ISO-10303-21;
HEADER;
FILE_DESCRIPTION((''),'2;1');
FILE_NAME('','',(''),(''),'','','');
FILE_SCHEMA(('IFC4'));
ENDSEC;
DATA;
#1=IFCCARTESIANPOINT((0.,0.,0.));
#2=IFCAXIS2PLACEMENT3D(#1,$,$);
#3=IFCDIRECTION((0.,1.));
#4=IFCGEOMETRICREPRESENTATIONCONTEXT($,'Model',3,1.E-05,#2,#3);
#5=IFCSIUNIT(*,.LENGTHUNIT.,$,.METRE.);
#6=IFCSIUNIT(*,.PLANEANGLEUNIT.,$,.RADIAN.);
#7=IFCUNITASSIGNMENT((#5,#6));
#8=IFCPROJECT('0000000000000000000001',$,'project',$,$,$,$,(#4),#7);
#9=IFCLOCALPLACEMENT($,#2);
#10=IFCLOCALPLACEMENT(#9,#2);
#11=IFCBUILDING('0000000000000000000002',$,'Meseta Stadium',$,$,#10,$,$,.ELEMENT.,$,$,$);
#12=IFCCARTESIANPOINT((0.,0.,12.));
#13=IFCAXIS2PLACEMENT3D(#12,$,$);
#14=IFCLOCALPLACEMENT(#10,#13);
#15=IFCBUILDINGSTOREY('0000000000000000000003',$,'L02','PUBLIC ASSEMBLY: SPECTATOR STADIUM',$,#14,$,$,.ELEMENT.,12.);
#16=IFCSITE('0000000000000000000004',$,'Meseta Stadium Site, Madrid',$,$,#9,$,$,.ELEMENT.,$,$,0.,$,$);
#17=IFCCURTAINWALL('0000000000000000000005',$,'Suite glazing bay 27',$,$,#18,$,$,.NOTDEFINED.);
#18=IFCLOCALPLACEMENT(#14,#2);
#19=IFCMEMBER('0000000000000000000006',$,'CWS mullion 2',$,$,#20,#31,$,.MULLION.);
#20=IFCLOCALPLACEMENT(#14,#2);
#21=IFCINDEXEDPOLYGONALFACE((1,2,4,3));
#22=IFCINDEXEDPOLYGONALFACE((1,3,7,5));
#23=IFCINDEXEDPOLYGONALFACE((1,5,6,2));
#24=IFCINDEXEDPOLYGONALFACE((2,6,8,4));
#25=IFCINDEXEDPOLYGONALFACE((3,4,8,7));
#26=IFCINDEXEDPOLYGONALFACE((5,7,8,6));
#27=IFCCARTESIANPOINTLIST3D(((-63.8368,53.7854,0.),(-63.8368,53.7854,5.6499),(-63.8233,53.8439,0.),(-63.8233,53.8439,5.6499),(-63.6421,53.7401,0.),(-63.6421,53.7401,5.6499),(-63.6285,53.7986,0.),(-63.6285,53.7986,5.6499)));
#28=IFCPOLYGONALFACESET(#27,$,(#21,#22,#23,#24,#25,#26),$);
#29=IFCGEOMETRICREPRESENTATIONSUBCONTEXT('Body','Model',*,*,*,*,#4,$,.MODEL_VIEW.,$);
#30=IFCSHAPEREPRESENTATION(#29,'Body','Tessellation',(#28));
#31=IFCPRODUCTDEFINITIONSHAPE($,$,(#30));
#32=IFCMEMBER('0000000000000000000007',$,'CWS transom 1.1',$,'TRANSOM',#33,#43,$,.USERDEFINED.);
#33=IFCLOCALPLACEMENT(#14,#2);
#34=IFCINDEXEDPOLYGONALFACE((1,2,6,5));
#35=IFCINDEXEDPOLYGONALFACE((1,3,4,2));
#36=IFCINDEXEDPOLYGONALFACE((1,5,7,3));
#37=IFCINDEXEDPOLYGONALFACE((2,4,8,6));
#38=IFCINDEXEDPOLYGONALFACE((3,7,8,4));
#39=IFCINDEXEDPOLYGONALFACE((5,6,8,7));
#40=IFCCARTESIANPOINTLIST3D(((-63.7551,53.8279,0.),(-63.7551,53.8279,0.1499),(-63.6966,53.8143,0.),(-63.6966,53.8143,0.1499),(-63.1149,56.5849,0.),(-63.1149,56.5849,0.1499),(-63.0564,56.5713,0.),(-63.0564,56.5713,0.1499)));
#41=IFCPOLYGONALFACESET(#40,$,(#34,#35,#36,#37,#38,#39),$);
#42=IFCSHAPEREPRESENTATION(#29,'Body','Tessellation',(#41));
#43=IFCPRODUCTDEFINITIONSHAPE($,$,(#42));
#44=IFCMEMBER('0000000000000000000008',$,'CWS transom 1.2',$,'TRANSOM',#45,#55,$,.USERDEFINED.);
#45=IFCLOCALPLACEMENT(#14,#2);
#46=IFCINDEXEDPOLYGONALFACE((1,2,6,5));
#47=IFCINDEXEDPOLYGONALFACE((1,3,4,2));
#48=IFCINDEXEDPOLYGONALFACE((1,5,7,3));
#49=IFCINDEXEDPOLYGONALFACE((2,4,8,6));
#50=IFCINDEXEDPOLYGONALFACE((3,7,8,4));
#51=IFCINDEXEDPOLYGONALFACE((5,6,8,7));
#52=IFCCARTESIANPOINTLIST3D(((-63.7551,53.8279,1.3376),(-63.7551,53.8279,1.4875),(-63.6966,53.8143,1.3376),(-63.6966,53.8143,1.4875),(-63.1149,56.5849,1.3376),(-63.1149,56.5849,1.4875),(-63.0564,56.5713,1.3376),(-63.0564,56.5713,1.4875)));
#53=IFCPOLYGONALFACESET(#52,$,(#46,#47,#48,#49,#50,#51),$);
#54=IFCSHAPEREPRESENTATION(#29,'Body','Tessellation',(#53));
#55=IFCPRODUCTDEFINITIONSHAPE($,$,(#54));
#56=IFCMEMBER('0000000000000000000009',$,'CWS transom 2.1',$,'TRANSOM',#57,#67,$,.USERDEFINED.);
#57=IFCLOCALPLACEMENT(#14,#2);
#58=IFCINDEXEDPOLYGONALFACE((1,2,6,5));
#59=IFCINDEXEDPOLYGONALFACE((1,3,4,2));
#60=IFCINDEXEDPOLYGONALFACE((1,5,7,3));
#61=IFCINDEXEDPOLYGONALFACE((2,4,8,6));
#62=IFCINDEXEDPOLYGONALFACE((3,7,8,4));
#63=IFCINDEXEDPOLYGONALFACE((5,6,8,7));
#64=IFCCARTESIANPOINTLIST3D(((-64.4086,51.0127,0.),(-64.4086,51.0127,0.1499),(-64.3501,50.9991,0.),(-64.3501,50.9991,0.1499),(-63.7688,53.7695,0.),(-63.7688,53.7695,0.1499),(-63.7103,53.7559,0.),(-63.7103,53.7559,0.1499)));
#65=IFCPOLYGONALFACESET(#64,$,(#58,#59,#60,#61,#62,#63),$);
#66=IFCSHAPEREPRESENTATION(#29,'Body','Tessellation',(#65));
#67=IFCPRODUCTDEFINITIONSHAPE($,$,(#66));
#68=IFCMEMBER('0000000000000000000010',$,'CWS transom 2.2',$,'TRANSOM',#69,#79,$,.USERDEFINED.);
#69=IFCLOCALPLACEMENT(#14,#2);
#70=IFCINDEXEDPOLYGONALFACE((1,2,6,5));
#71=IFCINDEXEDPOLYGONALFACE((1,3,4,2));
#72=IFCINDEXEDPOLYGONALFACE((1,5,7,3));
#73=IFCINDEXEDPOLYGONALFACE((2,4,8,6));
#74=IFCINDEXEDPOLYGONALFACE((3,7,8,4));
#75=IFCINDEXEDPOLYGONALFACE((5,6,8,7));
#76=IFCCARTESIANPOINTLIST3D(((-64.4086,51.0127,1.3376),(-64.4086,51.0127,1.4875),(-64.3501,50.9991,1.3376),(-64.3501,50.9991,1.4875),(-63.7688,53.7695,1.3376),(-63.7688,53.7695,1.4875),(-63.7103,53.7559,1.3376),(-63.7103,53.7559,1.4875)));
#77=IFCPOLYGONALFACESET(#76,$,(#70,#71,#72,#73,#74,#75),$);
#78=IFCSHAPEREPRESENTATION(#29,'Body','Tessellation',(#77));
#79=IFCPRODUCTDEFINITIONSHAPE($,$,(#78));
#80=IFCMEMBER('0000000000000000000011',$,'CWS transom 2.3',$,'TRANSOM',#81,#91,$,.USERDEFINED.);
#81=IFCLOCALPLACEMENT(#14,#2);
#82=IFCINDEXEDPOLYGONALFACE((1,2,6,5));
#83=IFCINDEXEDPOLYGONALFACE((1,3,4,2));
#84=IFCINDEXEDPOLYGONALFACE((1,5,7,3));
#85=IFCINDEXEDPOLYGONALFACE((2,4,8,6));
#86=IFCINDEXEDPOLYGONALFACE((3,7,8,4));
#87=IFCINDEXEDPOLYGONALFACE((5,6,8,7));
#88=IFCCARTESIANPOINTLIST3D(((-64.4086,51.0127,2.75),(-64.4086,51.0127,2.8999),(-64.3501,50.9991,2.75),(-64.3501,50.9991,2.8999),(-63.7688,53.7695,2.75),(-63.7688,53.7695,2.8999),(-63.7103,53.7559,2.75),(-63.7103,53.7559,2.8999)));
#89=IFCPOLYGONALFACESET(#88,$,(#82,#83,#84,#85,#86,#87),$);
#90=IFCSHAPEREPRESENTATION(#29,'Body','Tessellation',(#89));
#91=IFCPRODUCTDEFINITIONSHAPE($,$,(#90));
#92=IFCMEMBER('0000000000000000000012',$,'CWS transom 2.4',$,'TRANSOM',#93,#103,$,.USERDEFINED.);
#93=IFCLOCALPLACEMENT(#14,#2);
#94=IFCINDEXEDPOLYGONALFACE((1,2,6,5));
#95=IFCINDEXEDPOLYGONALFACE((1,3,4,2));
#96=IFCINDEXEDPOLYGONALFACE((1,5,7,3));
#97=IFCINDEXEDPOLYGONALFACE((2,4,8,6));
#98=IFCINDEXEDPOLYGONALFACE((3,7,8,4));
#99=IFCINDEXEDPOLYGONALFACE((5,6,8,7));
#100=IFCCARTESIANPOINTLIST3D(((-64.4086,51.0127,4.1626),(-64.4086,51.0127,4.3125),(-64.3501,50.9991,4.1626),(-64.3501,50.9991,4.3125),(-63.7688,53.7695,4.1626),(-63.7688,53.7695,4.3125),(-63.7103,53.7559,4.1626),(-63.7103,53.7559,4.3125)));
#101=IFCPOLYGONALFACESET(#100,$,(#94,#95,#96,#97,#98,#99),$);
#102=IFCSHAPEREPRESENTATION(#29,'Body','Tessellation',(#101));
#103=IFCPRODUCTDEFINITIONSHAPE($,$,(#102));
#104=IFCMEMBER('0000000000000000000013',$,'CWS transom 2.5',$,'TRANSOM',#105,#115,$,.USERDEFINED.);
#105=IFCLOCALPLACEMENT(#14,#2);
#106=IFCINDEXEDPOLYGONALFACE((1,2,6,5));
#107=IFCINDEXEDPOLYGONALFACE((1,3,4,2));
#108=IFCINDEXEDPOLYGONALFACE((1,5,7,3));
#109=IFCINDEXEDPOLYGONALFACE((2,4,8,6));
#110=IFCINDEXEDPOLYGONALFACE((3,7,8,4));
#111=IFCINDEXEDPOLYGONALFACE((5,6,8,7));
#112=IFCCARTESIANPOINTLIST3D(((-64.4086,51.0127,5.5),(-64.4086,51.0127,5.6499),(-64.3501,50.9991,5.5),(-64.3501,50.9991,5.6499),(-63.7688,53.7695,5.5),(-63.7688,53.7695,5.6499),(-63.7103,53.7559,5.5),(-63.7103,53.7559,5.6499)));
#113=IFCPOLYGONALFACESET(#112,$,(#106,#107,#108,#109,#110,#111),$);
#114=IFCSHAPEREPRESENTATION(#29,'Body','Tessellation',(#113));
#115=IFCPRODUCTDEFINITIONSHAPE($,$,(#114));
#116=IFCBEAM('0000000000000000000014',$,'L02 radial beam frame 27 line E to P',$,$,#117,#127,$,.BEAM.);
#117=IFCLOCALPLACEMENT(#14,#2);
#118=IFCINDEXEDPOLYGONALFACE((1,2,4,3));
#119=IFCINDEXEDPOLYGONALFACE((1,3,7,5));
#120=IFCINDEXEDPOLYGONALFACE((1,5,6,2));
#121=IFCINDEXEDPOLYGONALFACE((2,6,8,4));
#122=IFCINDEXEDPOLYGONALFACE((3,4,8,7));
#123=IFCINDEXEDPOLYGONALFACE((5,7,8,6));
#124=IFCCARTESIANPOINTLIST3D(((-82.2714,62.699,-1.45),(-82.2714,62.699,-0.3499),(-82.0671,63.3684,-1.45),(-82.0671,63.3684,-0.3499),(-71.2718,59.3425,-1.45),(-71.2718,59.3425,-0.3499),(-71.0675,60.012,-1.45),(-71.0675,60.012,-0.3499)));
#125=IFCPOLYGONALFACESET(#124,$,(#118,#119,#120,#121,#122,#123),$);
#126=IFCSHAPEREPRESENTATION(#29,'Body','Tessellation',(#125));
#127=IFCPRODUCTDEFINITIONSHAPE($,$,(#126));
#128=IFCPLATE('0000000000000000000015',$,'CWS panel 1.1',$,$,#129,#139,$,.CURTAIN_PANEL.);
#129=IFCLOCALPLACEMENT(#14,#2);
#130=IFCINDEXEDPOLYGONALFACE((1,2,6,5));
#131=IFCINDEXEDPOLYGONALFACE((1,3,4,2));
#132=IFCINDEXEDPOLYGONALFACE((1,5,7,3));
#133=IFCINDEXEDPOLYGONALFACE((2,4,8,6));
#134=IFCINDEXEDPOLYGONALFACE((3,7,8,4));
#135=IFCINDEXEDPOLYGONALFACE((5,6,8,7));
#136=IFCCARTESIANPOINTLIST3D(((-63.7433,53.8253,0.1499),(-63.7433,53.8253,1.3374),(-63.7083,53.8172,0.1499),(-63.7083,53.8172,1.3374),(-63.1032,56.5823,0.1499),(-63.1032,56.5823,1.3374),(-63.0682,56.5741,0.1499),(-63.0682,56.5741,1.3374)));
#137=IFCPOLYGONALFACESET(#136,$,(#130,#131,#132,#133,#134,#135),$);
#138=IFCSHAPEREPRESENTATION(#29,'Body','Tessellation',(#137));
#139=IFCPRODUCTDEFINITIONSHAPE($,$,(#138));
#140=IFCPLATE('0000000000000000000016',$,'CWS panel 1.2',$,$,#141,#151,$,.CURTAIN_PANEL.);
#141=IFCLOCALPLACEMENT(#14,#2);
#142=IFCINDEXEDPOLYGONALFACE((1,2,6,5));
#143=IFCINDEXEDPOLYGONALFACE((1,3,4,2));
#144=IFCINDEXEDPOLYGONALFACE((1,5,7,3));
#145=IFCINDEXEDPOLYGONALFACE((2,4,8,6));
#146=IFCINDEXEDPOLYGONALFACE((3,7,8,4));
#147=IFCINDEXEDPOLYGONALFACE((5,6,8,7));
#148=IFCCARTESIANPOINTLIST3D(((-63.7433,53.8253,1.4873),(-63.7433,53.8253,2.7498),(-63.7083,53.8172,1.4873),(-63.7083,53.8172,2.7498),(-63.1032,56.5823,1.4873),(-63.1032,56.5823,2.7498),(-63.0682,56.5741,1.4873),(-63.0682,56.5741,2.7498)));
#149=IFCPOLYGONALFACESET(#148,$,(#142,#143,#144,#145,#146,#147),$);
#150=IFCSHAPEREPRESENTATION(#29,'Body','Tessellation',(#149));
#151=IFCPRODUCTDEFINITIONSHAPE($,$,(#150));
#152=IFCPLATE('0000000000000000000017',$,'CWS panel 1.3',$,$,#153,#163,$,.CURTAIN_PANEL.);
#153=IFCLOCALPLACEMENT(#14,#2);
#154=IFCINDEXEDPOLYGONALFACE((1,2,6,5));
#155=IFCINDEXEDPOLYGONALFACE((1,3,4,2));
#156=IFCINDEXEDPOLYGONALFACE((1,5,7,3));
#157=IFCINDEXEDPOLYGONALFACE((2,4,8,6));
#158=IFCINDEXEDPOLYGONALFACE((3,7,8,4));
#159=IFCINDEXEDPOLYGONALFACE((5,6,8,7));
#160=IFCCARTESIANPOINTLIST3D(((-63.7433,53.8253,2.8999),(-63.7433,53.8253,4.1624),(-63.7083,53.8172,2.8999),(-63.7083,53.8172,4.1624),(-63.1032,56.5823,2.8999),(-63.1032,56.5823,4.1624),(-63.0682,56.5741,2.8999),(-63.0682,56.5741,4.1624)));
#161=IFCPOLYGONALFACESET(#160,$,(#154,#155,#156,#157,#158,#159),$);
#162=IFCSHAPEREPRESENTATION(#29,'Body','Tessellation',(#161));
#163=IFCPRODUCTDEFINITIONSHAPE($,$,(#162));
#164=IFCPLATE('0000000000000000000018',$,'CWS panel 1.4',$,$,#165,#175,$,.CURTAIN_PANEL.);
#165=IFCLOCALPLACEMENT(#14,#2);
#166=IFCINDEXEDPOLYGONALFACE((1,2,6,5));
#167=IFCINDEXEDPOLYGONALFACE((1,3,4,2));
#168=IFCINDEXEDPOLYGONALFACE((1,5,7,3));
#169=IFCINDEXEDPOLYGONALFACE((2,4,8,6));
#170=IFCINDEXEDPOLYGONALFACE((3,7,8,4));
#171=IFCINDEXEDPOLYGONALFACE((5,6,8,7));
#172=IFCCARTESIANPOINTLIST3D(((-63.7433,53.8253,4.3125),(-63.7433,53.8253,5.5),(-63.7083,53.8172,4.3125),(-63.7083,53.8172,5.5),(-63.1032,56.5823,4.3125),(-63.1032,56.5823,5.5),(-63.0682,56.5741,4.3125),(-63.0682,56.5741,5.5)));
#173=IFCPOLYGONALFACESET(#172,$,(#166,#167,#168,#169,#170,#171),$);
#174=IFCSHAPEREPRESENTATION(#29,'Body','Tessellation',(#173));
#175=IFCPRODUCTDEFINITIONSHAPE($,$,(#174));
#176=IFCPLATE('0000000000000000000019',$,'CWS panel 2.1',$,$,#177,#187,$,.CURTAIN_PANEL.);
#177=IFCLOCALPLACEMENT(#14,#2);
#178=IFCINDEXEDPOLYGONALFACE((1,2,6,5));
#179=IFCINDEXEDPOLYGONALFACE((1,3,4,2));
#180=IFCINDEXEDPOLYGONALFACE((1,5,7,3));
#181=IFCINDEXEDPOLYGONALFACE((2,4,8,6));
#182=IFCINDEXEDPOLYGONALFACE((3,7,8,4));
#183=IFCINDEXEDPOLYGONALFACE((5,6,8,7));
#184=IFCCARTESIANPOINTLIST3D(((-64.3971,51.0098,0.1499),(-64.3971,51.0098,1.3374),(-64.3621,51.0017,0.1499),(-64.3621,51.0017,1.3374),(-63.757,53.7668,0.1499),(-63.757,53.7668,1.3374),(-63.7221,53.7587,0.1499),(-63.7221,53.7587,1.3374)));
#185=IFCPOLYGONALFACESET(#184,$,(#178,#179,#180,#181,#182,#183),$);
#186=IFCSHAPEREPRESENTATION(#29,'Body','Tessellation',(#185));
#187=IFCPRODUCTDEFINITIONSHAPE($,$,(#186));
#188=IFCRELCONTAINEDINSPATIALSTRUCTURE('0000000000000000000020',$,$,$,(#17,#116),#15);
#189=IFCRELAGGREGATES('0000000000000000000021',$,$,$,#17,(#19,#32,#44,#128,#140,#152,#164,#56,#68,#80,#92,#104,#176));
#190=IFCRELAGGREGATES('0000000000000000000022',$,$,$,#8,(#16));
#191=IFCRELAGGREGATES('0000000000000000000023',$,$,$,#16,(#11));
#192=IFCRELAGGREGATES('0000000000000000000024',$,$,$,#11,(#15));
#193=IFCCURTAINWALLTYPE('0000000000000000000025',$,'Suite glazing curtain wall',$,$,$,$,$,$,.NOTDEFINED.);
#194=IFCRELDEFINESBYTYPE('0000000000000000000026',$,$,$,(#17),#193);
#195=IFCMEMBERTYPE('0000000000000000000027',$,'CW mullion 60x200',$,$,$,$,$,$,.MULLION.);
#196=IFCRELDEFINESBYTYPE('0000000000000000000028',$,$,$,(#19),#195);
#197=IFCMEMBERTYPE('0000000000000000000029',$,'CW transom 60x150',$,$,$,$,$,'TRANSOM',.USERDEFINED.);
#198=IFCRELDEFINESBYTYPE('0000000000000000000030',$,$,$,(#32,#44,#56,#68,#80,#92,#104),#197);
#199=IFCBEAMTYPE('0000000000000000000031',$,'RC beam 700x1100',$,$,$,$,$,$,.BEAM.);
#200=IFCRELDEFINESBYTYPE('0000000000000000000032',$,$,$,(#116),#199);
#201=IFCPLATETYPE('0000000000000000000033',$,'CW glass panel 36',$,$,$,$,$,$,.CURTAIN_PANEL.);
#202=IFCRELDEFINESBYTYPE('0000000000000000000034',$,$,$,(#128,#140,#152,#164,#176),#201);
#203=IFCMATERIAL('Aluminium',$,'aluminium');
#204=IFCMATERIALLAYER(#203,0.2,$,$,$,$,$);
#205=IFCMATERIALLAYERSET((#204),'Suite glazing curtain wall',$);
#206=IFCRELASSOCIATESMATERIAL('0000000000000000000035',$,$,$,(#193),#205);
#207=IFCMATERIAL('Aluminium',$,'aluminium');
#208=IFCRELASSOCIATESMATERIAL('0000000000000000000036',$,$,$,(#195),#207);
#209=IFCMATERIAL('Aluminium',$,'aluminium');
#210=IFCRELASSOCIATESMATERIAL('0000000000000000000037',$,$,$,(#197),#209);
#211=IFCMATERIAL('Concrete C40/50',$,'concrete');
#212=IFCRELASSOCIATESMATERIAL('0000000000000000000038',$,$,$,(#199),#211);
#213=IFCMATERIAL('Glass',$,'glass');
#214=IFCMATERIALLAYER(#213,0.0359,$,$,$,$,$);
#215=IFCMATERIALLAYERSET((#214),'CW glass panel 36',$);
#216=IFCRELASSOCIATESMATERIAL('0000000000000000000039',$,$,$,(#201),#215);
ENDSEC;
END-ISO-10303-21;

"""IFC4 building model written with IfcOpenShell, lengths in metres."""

from ifc_helpers import new_model, si_unit, direction, frame, origin, origin_2d, place, context, subcontext, project, spatial, rectangle, extrude, material, layer, layer_set, material_profile, profile_set, type_object, element, aggregate, save


model = new_model("IFC4")

# Units and contexts
model_context = context("Model", 3, precision=1e-05, world=origin(), true_north=direction((0.0, 1.0)))
body_context = subcontext(model_context, "Body", "Model", "MODEL_VIEW")
ifc_project = project(units=[si_unit("LENGTHUNIT", "METRE"), si_unit("PLANEANGLEUNIT", "RADIAN")], contexts=[model_context])

# Site, building, storey
site_placement = place(None, origin())
site = spatial("IfcSite", under=ifc_project, at=site_placement, Name="Meseta Stadium Site, Madrid", CompositionType="ELEMENT", RefElevation=0.0)
building_placement = place(site_placement, origin())
building = spatial("IfcBuilding", under=site, at=building_placement, Name="Meseta Stadium", CompositionType="ELEMENT")
storey_placement = place(building_placement, frame((0.0, 0.0, 12.0)))
storey = spatial("IfcBuildingStorey", under=building, at=storey_placement, Name="L02", Description="PUBLIC ASSEMBLY: SPECTATOR STADIUM", CompositionType="ELEMENT", Elevation=12.0)

# Curtain wall, members
ifc_material_1 = material(Name="Aluminium", Category="aluminium")
ifc_layer_1 = layer(ifc_material_1, 0.2)
ifc_layer_set_1 = layer_set([ifc_layer_1], Name="Suite glazing curtain wall")
curtain_wall_type = type_object("IfcCurtainWallType", Name="Suite glazing curtain wall", PredefinedType="NOTDEFINED", material=ifc_layer_set_1)
curtain_wall_placement = place(storey_placement, origin())
curtain_wall = element("IfcCurtainWall", 1, at=curtain_wall_placement, inside=storey, type_object=curtain_wall_type, Name="Suite glazing bay 27", PredefinedType="NOTDEFINED")
ifc_material_2 = material(Name="Aluminium", Category="aluminium")
ifc_material_profile_1 = material_profile(ifc_material_2, rectangle(XDim=0.2, YDim=0.0601, at=origin_2d()), Name="CW 200x60")
ifc_profile_set_1 = profile_set([ifc_material_profile_1], Name="Aluminium")
member_type_1 = type_object("IfcMemberType", Name="CW mullion 60x200", PredefinedType="MULLION", material=ifc_profile_set_1)
member_1_placement = place(storey_placement, frame((-63.7327, 53.792, 0.0), z_axis=(0.0, 0.0, 1.0), x_axis=(0.974093, -0.226148, 0.0)))
member_1 = element("IfcMember", 2, at=member_1_placement, type_object=member_type_1, Name="CWS mullion 2", PredefinedType="MULLION", context=body_context, shape_type="SweptSolid", body=[
    extrude(rectangle(XDim=0.2, YDim=0.0601, at=origin_2d()), origin(), (0.0, 0.0, 1.0), 5.6499),
])
ifc_material_3 = material(Name="Aluminium", Category="aluminium")
ifc_material_profile_2 = material_profile(ifc_material_3, rectangle(XDim=0.0601, YDim=0.1499, at=origin_2d()), Name="CW 60x150")
ifc_profile_set_2 = profile_set([ifc_material_profile_2], Name="Aluminium")
member_type_2 = type_object("IfcMemberType", Name="CW transom 60x150", ElementType="TRANSOM", PredefinedType="USERDEFINED", material=ifc_profile_set_2)
member_2_placement = place(storey_placement, frame((-63.0857, 56.5781, 0.075), z_axis=(-0.226163, -0.974089, 0.0), x_axis=(0.974089, -0.226163, 0.0)))
member_2 = element("IfcMember", 3, at=member_2_placement, type_object=member_type_2, Name="CWS transom 1.1", ObjectType="TRANSOM", PredefinedType="USERDEFINED", context=body_context, shape_type="SweptSolid", body=[
    extrude(rectangle(XDim=0.0601, YDim=0.1499, at=origin_2d()), origin(), (0.0, 0.0, 1.0), 2.8303),
])
member_3_placement = place(storey_placement, frame((-63.0857, 56.5781, 1.4126), z_axis=(-0.226163, -0.974089, 0.0), x_axis=(0.974089, -0.226163, 0.0)))
member_3 = element("IfcMember", 4, at=member_3_placement, type_object=member_type_2, Name="CWS transom 1.2", ObjectType="TRANSOM", PredefinedType="USERDEFINED", context=body_context, shape_type="SweptSolid", body=[
    extrude(rectangle(XDim=0.0601, YDim=0.1499, at=origin_2d()), origin(), (0.0, 0.0, 1.0), 2.8303),
])
member_4_placement = place(storey_placement, frame((-63.7395, 53.7627, 0.075), z_axis=(-0.2261, -0.974104, 0.0), x_axis=(0.974104, -0.2261, 0.0)))
member_4 = element("IfcMember", 5, at=member_4_placement, type_object=member_type_2, Name="CWS transom 2.1", ObjectType="TRANSOM", PredefinedType="USERDEFINED", context=body_context, shape_type="SweptSolid", body=[
    extrude(rectangle(XDim=0.0601, YDim=0.1499, at=origin_2d()), origin(), (0.0, 0.0, 1.0), 2.8301),
])
member_5_placement = place(storey_placement, frame((-63.7395, 53.7627, 1.4126), z_axis=(-0.2261, -0.974104, 0.0), x_axis=(0.974104, -0.2261, 0.0)))
member_5 = element("IfcMember", 6, at=member_5_placement, type_object=member_type_2, Name="CWS transom 2.2", ObjectType="TRANSOM", PredefinedType="USERDEFINED", context=body_context, shape_type="SweptSolid", body=[
    extrude(rectangle(XDim=0.0601, YDim=0.1499, at=origin_2d()), origin(), (0.0, 0.0, 1.0), 2.8301),
])
member_6_placement = place(storey_placement, frame((-63.7395, 53.7627, 2.825), z_axis=(-0.2261, -0.974104, 0.0), x_axis=(0.974104, -0.2261, 0.0)))
member_6 = element("IfcMember", 7, at=member_6_placement, type_object=member_type_2, Name="CWS transom 2.3", ObjectType="TRANSOM", PredefinedType="USERDEFINED", context=body_context, shape_type="SweptSolid", body=[
    extrude(rectangle(XDim=0.0601, YDim=0.1499, at=origin_2d()), origin(), (0.0, 0.0, 1.0), 2.8301),
])
member_7_placement = place(storey_placement, frame((-63.7395, 53.7627, 4.2375), z_axis=(-0.2261, -0.974104, 0.0), x_axis=(0.974104, -0.2261, 0.0)))
member_7 = element("IfcMember", 8, at=member_7_placement, type_object=member_type_2, Name="CWS transom 2.4", ObjectType="TRANSOM", PredefinedType="USERDEFINED", context=body_context, shape_type="SweptSolid", body=[
    extrude(rectangle(XDim=0.0601, YDim=0.1499, at=origin_2d()), origin(), (0.0, 0.0, 1.0), 2.8301),
])
member_8_placement = place(storey_placement, frame((-63.7395, 53.7627, 5.575), z_axis=(-0.2261, -0.974104, 0.0), x_axis=(0.974104, -0.2261, 0.0)))
member_8 = element("IfcMember", 9, at=member_8_placement, type_object=member_type_2, Name="CWS transom 2.5", ObjectType="TRANSOM", PredefinedType="USERDEFINED", context=body_context, shape_type="SweptSolid", body=[
    extrude(rectangle(XDim=0.0601, YDim=0.1499, at=origin_2d()), origin(), (0.0, 0.0, 1.0), 2.8301),
])

# Beam
ifc_material_4 = material(Name="Concrete C40/50", Category="concrete")
ifc_material_profile_3 = material_profile(ifc_material_4, rectangle(XDim=0.7, YDim=1.1001, at=origin_2d()), Name="RC 700x1100")
ifc_profile_set_3 = profile_set([ifc_material_profile_3], Name="Concrete C40/50")
beam_type = type_object("IfcBeamType", Name="RC beam 700x1100", PredefinedType="BEAM", material=ifc_profile_set_3)
beam_placement = place(storey_placement, frame((-71.1697, 59.6772, -0.8999), z_axis=(-0.956461, 0.291859, 0.0), x_axis=(-0.291859, -0.956461, 0.0)))
element("IfcBeam", 10, at=beam_placement, inside=storey, type_object=beam_type, Name="L02 radial beam frame 27 line E to P", PredefinedType="BEAM", context=body_context, shape_type="SweptSolid", body=[
    extrude(rectangle(XDim=0.7, YDim=1.1001, at=origin_2d()), origin(), (0.0, 0.0, 1.0), 11.5002),
])

# Plates
ifc_material_5 = material(Name="Glass", Category="glass")
ifc_layer_2 = layer(ifc_material_5, 0.0359)
ifc_layer_set_2 = layer_set([ifc_layer_2], Name="CW glass panel 36")
plate_type = type_object("IfcPlateType", Name="CW glass panel 36", PredefinedType="CURTAIN_PANEL", material=ifc_layer_set_2)
plate_1_placement = place(storey_placement, frame((-63.4058, 55.1997, 0.1499), z_axis=(0.0, 0.0, 1.0), x_axis=(-0.226148, -0.974093, 0.0)))
plate_1 = element("IfcPlate", 11, at=plate_1_placement, type_object=plate_type, Name="CWS panel 1.1", PredefinedType="CURTAIN_PANEL", context=body_context, shape_type="SweptSolid", body=[
    extrude(rectangle(XDim=2.8303, YDim=0.0359, at=origin_2d()), origin(), (0.0, 0.0, 1.0), 1.1875),
])
plate_2_placement = place(storey_placement, frame((-63.4058, 55.1997, 1.4873), z_axis=(0.0, 0.0, 1.0), x_axis=(-0.226148, -0.974093, 0.0)))
plate_2 = element("IfcPlate", 12, at=plate_2_placement, type_object=plate_type, Name="CWS panel 1.2", PredefinedType="CURTAIN_PANEL", context=body_context, shape_type="SweptSolid", body=[
    extrude(rectangle(XDim=2.8303, YDim=0.0359, at=origin_2d()), origin(), (0.0, 0.0, 1.0), 1.2625),
])
plate_3_placement = place(storey_placement, frame((-63.4058, 55.1997, 2.8999), z_axis=(0.0, 0.0, 1.0), x_axis=(-0.226148, -0.974093, 0.0)))
plate_3 = element("IfcPlate", 13, at=plate_3_placement, type_object=plate_type, Name="CWS panel 1.3", PredefinedType="CURTAIN_PANEL", context=body_context, shape_type="SweptSolid", body=[
    extrude(rectangle(XDim=2.8303, YDim=0.0359, at=origin_2d()), origin(), (0.0, 0.0, 1.0), 1.2625),
])
plate_4_placement = place(storey_placement, frame((-63.4058, 55.1997, 4.3125), z_axis=(0.0, 0.0, 1.0), x_axis=(-0.226148, -0.974093, 0.0)))
plate_4 = element("IfcPlate", 14, at=plate_4_placement, type_object=plate_type, Name="CWS panel 1.4", PredefinedType="CURTAIN_PANEL", context=body_context, shape_type="SweptSolid", body=[
    extrude(rectangle(XDim=2.8303, YDim=0.0359, at=origin_2d()), origin(), (0.0, 0.0, 1.0), 1.1875),
])
plate_5_placement = place(storey_placement, frame((-64.0596, 52.3843, 0.1499), z_axis=(0.0, 0.0, 1.0), x_axis=(-0.226148, -0.974093, 0.0)))
plate_5 = element("IfcPlate", 15, at=plate_5_placement, type_object=plate_type, Name="CWS panel 2.1", PredefinedType="CURTAIN_PANEL", context=body_context, shape_type="SweptSolid", body=[
    extrude(rectangle(XDim=2.8303, YDim=0.0359, at=origin_2d()), origin(), (0.0, 0.0, 1.0), 1.1875),
])
aggregate(curtain_wall, [member_1, member_2, member_3, plate_1, plate_2, plate_3, plate_4, member_4, member_5, member_6, member_7, member_8, plate_5])

save(model, "model.ifc")
